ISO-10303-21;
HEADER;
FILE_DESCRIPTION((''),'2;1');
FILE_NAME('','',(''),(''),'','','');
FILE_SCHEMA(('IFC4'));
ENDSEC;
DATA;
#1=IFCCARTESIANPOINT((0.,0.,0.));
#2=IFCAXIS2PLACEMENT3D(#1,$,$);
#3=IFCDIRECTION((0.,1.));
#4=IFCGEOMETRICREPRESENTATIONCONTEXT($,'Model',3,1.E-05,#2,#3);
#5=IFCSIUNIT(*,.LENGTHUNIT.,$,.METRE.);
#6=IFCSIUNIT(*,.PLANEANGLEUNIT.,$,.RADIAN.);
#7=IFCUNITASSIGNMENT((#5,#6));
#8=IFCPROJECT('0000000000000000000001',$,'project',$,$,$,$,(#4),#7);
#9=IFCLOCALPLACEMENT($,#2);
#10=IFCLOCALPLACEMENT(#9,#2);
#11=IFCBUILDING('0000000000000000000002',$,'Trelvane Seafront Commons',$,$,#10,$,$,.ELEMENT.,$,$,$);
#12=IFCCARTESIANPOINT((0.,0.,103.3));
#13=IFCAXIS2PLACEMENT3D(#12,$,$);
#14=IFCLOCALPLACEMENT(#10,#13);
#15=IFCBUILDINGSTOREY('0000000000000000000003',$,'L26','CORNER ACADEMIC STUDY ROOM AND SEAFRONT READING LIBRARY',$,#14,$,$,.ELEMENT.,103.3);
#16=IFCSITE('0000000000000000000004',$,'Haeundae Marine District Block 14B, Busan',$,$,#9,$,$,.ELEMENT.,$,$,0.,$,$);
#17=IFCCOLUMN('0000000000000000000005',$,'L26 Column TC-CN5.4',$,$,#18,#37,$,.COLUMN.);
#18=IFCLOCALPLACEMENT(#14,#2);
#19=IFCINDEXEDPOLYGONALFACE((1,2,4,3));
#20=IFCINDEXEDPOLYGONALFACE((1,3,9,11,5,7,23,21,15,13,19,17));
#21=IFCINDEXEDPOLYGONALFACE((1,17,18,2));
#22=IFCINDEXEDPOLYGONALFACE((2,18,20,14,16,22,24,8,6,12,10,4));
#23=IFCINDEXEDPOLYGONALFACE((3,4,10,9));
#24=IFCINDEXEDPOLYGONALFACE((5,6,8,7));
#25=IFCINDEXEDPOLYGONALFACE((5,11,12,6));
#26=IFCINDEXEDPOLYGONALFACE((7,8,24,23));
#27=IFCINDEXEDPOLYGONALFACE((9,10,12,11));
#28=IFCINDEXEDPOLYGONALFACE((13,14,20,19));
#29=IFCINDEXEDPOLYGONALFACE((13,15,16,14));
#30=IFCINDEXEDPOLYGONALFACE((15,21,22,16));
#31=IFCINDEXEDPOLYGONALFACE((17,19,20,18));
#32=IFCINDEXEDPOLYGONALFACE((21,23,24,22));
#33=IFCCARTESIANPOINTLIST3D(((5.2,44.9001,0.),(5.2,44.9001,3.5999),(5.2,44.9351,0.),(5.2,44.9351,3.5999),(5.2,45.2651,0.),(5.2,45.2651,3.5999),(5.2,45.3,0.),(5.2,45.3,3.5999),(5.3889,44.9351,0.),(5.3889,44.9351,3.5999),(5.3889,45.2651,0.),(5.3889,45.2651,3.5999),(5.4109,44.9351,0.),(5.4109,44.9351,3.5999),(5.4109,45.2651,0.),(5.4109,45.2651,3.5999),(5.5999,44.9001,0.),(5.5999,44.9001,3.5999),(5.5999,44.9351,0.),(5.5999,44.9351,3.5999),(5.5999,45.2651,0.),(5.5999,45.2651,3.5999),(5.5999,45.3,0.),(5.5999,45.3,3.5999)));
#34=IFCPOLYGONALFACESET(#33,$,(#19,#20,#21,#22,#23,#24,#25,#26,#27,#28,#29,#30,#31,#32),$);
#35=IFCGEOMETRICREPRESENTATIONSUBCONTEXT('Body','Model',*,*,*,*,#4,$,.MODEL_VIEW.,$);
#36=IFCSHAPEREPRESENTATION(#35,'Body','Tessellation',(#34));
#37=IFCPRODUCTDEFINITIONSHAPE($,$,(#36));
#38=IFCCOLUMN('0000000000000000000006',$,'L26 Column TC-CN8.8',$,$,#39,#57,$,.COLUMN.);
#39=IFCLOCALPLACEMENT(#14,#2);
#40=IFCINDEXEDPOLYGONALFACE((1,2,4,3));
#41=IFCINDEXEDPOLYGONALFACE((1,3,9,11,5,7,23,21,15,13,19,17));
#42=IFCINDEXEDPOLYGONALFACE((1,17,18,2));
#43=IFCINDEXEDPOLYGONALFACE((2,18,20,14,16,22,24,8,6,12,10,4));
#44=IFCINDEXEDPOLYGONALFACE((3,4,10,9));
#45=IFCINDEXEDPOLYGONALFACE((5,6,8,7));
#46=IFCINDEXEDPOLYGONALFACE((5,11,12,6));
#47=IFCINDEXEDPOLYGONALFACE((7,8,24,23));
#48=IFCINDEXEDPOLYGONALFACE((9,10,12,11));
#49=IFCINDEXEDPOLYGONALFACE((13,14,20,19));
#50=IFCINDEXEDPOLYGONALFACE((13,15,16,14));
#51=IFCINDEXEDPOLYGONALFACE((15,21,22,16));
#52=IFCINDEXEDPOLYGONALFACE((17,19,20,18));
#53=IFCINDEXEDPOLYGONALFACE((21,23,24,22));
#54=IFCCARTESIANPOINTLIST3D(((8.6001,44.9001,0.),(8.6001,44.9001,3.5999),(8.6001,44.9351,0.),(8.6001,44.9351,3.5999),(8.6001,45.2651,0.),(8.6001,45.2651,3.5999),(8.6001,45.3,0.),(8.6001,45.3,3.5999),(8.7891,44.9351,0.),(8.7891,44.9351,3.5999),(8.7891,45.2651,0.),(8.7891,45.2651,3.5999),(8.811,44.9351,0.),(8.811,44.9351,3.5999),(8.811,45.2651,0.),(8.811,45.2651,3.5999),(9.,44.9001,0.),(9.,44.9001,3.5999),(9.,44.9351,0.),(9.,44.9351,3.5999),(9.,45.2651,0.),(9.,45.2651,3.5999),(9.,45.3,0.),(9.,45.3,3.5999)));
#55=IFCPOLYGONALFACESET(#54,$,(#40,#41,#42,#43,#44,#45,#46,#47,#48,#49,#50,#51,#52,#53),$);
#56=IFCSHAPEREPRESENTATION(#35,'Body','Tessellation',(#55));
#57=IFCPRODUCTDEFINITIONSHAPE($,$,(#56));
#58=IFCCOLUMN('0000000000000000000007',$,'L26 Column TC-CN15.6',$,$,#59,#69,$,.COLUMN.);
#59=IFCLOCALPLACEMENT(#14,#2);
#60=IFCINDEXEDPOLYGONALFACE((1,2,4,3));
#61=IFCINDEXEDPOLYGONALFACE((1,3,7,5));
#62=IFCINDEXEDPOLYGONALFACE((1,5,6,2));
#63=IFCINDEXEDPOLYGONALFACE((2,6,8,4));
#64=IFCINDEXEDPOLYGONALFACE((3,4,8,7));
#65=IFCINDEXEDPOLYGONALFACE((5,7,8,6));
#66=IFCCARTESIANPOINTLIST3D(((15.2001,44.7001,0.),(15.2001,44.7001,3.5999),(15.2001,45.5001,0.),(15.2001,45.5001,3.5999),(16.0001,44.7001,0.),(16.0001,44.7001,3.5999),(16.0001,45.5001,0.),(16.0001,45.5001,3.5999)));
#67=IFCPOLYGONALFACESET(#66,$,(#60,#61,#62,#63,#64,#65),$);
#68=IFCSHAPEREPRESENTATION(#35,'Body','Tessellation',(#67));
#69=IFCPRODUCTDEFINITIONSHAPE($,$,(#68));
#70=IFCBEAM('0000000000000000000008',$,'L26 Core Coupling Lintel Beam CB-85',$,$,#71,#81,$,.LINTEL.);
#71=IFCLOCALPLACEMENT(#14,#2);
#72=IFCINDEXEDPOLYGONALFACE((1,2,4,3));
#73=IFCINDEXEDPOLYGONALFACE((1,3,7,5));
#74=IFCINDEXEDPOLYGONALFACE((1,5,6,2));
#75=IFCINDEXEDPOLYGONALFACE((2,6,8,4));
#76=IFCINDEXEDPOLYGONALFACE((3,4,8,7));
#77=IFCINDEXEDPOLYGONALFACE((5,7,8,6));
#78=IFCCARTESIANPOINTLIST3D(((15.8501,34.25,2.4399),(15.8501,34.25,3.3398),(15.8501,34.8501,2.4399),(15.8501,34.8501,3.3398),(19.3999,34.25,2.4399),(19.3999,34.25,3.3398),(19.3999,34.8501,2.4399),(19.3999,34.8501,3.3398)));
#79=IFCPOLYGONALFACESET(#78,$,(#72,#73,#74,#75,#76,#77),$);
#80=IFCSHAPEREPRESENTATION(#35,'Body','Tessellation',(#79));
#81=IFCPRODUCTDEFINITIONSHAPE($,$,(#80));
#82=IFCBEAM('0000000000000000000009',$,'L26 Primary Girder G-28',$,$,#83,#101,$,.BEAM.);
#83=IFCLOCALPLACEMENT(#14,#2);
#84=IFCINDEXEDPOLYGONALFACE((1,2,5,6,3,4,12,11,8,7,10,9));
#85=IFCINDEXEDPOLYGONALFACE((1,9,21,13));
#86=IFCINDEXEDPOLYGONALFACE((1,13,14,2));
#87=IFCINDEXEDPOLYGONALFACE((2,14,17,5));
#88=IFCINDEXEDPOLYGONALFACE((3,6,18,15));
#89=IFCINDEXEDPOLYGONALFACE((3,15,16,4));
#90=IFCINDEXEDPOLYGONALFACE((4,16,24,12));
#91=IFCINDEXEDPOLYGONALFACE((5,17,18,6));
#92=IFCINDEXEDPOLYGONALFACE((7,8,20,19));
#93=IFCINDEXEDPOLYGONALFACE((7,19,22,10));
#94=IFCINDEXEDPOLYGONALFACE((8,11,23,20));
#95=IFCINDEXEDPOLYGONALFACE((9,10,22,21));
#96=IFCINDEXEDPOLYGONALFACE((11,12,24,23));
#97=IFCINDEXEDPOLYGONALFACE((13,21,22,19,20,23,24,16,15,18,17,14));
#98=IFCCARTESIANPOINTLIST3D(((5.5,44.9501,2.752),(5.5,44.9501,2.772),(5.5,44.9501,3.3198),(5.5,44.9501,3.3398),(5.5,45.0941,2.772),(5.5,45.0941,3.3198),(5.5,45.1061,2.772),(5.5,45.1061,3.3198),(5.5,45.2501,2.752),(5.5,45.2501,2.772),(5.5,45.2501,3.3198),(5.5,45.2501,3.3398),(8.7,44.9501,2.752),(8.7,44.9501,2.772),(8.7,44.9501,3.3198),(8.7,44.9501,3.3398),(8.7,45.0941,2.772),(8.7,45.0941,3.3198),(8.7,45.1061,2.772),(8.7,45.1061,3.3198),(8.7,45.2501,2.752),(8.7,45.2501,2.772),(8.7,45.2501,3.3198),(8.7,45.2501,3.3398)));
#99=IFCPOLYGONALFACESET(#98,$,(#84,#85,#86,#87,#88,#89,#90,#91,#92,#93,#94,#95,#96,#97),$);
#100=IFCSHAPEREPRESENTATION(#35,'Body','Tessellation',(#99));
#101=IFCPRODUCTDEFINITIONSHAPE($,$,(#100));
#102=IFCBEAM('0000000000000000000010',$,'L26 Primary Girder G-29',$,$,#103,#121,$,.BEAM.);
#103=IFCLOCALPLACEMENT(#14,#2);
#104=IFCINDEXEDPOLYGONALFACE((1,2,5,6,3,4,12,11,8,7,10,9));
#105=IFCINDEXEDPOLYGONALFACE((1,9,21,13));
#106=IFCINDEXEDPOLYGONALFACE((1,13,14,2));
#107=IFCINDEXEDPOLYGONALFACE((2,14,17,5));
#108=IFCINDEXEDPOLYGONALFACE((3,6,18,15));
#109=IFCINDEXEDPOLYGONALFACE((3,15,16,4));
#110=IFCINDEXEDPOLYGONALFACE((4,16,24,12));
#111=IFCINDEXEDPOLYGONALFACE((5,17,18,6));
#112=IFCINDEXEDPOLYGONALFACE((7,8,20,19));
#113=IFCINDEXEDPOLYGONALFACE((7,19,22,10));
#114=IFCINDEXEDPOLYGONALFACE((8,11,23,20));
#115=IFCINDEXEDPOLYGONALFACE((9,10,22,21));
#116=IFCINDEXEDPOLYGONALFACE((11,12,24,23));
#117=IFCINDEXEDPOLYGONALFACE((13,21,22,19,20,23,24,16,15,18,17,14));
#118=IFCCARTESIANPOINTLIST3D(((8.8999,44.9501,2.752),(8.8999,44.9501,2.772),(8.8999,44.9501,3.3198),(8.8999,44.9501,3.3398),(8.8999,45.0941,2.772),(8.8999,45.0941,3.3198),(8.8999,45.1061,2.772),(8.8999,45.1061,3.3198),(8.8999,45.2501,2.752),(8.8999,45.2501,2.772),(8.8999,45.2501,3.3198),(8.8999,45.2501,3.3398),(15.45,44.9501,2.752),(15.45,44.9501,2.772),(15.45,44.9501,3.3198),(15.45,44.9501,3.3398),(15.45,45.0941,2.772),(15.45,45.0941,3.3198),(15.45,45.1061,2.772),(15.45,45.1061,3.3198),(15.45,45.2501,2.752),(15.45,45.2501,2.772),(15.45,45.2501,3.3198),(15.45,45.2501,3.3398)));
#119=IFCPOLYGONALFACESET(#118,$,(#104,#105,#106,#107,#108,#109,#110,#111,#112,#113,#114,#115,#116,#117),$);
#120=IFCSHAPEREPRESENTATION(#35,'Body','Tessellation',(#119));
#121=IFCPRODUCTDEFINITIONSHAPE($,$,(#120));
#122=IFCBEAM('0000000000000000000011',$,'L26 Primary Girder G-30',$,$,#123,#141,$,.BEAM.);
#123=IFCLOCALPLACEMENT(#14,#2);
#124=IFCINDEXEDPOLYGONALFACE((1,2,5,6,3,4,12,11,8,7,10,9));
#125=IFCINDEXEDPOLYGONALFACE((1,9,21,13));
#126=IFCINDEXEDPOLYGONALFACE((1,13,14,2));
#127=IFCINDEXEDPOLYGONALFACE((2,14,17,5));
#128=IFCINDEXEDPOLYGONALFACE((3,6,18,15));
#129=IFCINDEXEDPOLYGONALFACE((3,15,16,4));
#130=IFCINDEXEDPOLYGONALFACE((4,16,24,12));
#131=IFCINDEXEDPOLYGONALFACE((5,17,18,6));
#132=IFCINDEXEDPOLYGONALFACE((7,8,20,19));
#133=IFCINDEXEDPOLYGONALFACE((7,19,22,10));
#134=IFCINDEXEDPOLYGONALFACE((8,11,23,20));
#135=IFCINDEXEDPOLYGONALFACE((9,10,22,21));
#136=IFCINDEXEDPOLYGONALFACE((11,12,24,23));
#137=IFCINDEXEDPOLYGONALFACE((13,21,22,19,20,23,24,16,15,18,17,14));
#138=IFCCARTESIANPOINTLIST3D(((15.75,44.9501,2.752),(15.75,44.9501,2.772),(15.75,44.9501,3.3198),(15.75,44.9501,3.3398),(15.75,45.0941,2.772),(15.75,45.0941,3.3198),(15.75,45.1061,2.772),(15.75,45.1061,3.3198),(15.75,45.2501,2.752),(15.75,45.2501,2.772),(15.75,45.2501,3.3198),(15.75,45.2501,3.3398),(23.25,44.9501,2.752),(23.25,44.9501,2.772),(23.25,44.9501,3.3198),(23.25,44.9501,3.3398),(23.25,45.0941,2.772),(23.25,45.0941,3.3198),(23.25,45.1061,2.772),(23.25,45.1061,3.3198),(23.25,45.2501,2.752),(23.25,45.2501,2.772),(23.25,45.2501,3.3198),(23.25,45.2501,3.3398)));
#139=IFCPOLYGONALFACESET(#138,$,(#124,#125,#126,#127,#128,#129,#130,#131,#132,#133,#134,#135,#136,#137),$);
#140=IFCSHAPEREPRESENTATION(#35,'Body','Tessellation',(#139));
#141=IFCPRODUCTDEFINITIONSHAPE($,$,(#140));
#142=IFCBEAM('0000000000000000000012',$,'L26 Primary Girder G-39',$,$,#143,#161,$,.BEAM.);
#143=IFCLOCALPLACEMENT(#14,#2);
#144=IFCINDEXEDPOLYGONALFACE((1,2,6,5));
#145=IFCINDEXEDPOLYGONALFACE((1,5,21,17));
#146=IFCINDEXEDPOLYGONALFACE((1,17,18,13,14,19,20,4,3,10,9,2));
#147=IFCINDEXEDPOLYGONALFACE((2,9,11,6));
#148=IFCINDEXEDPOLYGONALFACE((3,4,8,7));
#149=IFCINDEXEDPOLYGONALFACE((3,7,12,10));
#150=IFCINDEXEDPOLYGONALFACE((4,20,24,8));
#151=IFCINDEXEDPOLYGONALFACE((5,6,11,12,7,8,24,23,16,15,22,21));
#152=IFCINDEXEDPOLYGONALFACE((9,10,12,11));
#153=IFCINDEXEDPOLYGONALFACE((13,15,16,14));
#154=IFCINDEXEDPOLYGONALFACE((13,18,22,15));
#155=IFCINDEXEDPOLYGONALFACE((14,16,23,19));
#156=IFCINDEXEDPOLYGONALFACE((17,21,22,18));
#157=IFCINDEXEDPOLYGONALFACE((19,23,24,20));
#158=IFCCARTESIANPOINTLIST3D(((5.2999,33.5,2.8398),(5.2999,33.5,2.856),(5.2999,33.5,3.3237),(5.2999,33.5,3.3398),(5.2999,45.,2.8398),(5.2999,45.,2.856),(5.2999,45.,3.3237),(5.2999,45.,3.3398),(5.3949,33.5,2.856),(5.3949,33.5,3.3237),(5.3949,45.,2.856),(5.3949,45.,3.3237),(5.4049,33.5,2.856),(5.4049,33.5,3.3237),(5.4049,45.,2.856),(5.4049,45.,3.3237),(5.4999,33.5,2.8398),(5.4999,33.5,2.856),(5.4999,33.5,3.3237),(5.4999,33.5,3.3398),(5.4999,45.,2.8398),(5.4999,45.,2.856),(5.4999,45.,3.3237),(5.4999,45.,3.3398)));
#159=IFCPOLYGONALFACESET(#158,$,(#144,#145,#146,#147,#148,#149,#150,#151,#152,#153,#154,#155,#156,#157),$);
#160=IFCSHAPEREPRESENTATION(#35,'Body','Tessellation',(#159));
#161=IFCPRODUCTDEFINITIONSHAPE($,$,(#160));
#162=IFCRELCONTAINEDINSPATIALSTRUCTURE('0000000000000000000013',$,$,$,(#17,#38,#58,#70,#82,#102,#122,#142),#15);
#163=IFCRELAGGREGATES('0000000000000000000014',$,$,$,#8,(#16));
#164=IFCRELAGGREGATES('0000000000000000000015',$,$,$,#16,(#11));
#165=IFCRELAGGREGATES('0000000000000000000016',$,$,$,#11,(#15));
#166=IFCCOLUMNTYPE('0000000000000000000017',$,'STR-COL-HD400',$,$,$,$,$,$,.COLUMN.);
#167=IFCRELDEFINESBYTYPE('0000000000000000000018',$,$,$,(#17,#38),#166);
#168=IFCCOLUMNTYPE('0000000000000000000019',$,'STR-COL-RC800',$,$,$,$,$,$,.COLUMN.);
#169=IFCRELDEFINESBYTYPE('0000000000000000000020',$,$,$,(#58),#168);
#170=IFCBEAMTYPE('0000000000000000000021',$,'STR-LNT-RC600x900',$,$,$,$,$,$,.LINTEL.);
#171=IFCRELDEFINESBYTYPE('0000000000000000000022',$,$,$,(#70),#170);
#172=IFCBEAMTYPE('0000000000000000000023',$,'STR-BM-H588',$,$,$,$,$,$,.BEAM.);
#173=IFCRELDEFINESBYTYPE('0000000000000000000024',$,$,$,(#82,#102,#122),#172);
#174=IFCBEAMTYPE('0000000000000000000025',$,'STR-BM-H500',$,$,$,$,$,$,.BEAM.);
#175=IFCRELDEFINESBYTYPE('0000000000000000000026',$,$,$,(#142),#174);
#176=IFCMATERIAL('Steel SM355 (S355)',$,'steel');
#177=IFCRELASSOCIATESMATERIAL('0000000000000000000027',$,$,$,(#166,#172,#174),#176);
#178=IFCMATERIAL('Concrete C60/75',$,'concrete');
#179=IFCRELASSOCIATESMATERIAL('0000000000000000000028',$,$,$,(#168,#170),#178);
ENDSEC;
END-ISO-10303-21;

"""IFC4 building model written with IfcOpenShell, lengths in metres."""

from ifc_helpers import new_model, si_unit, direction, frame, origin, origin_2d, place, context, subcontext, project, spatial, rectangle, i_section, extrude, source, transform, mapped, material, material_profile, profile_set, type_object, element, save


model = new_model("IFC4")

# Units and contexts
model_context = context("Model", 3, precision=1e-05, world=origin(), true_north=direction((0.0, 1.0)))
body_context = subcontext(model_context, "Body", "Model", "MODEL_VIEW")
ifc_project = project(units=[si_unit("LENGTHUNIT", "METRE"), si_unit("PLANEANGLEUNIT", "RADIAN")], contexts=[model_context])

# Site, building, storey
site_placement = place(None, origin())
site = spatial("IfcSite", under=ifc_project, at=site_placement, Name="Haeundae Marine District Block 14B, Busan", CompositionType="ELEMENT", RefElevation=0.0)
building_placement = place(site_placement, origin())
building = spatial("IfcBuilding", under=site, at=building_placement, Name="Trelvane Seafront Commons", CompositionType="ELEMENT")
storey_placement = place(building_placement, frame((0.0, 0.0, 103.3)))
storey = spatial("IfcBuildingStorey", under=building, at=storey_placement, Name="L26", Description="CORNER ACADEMIC STUDY ROOM AND SEAFRONT READING LIBRARY", CompositionType="ELEMENT", Elevation=103.3)

# Columns
ifc_material_1 = material(Name="Steel SM355 (S355)", Category="steel")
ifc_material_profile_1 = material_profile(ifc_material_1, i_section(OverallWidth=0.3999, OverallDepth=0.3999, WebThickness=0.022, FlangeThickness=0.0349, at=origin_2d()), Name="HD-400x400x22x35")
ifc_profile_set_1 = profile_set([ifc_material_profile_1], Name="Steel SM355 (S355)")
column_type_1 = type_object("IfcColumnType", Name="STR-COL-HD400", PredefinedType="COLUMN", material=ifc_profile_set_1)
shared_shape_1 = source(origin(), body_context, "Body", "SweptSolid", [
    extrude(i_section(OverallWidth=0.3999, OverallDepth=0.3999, WebThickness=0.022, FlangeThickness=0.0349, at=origin_2d()), origin(), (0.0, 0.0, 1.0), 3.5999),
])
for number, where, z_axis, x_axis, name in (
    (1, (5.3999, 45.1001, 0.0), (0.0, 0.0, 1.0), (1.0, 0.0, 0.0), "L26 Column TC-CN5.4"),
    (2, (8.8, 45.1001, 0.0), (0.0, 0.0, 1.0), (1.0, 0.0, 0.0), "L26 Column TC-CN8.8"),
):
    element("IfcColumn", number, at=place(storey_placement, frame(where, z_axis=z_axis, x_axis=x_axis)), inside=storey, type_object=column_type_1, Name=name, PredefinedType="COLUMN", context=body_context, shape_type="MappedRepresentation", body=[
        mapped(shared_shape_1, transform((0.0, 0.0, 0.0), x_axis=(1.0, 0.0, 0.0), y_axis=(0.0, 1.0, 0.0), z_axis=(0.0, 0.0, 1.0), scale=1.0)),
    ])
ifc_material_2 = material(Name="Concrete C60/75", Category="concrete")
ifc_material_profile_2 = material_profile(ifc_material_2, rectangle(XDim=0.8, YDim=0.8, at=origin_2d()), Name="RC-800x800")
ifc_profile_set_2 = profile_set([ifc_material_profile_2], Name="Concrete C60/75")
column_type_2 = type_object("IfcColumnType", Name="STR-COL-RC800", PredefinedType="COLUMN", material=ifc_profile_set_2)
shared_shape_2 = source(origin(), body_context, "Body", "SweptSolid", [
    extrude(rectangle(XDim=0.8, YDim=0.8, at=origin_2d()), origin(), (0.0, 0.0, 1.0), 3.5999),
])
column_placement = place(storey_placement, frame((15.6001, 45.1001, 0.0), z_axis=(0.0, 0.0, 1.0), x_axis=(1.0, 0.0, 0.0)))
element("IfcColumn", 3, at=column_placement, inside=storey, type_object=column_type_2, Name="L26 Column TC-CN15.6", PredefinedType="COLUMN", context=body_context, shape_type="MappedRepresentation", body=[
    mapped(shared_shape_2, transform((0.0, 0.0, 0.0), x_axis=(1.0, 0.0, 0.0), y_axis=(0.0, 1.0, 0.0), z_axis=(0.0, 0.0, 1.0), scale=1.0)),
])

# Beams
ifc_material_profile_3 = material_profile(ifc_material_2, rectangle(XDim=0.6001, YDim=0.8999, at=origin_2d()), Name="RC-600x900")
ifc_profile_set_3 = profile_set([ifc_material_profile_3], Name="Concrete C60/75")
beam_type_1 = type_object("IfcBeamType", Name="STR-LNT-RC600x900", PredefinedType="LINTEL", material=ifc_profile_set_3)
shared_shape_3 = source(origin(), body_context, "Body", "SweptSolid", [
    extrude(rectangle(XDim=0.6001, YDim=0.8999, at=origin_2d()), origin(), (0.0, 0.0, 1.0), 3.5498),
])
beam_1_placement = place(storey_placement, frame((15.8501, 34.55, 2.8899), z_axis=(1.0, 0.0, 0.0), x_axis=(0.0, 1.0, 0.0)))
element("IfcBeam", 4, at=beam_1_placement, inside=storey, type_object=beam_type_1, Name="L26 Core Coupling Lintel Beam CB-85", PredefinedType="LINTEL", context=body_context, shape_type="MappedRepresentation", body=[
    mapped(shared_shape_3, transform((0.0, 0.0, 0.0), x_axis=(1.0, 0.0, 0.0), y_axis=(0.0, 1.0, 0.0), z_axis=(0.0, 0.0, 1.0), scale=1.0)),
])
ifc_material_profile_4 = material_profile(ifc_material_1, i_section(OverallWidth=0.3, OverallDepth=0.5879, WebThickness=0.012, FlangeThickness=0.02, at=origin_2d()), Name="H-588x300x12x20")
ifc_profile_set_4 = profile_set([ifc_material_profile_4], Name="Steel SM355 (S355)")
beam_type_2 = type_object("IfcBeamType", Name="STR-BM-H588", PredefinedType="BEAM", material=ifc_profile_set_4)
shared_shape_4 = source(origin(), body_context, "Body", "SweptSolid", [
    extrude(i_section(OverallWidth=0.3, OverallDepth=0.5879, WebThickness=0.012, FlangeThickness=0.02, at=origin_2d()), origin(), (0.0, 0.0, 1.0), 3.2),
])
beam_2_placement = place(storey_placement, frame((5.5, 45.1001, 3.0459), z_axis=(1.0, 0.0, 0.0), x_axis=(0.0, 1.0, 0.0)))
element("IfcBeam", 5, at=beam_2_placement, inside=storey, type_object=beam_type_2, Name="L26 Primary Girder G-28", PredefinedType="BEAM", context=body_context, shape_type="MappedRepresentation", body=[
    mapped(shared_shape_4, transform((0.0, 0.0, 0.0), x_axis=(1.0, 0.0, 0.0), y_axis=(0.0, 1.0, 0.0), z_axis=(0.0, 0.0, 1.0), scale=1.0)),
])
shared_shape_5 = source(origin(), body_context, "Body", "SweptSolid", [
    extrude(i_section(OverallWidth=0.3, OverallDepth=0.5879, WebThickness=0.012, FlangeThickness=0.02, at=origin_2d()), origin(), (0.0, 0.0, 1.0), 6.55),
])
beam_3_placement = place(storey_placement, frame((8.8999, 45.1001, 3.0459), z_axis=(1.0, 0.0, 0.0), x_axis=(0.0, 1.0, 0.0)))
element("IfcBeam", 6, at=beam_3_placement, inside=storey, type_object=beam_type_2, Name="L26 Primary Girder G-29", PredefinedType="BEAM", context=body_context, shape_type="MappedRepresentation", body=[
    mapped(shared_shape_5, transform((0.0, 0.0, 0.0), x_axis=(1.0, 0.0, 0.0), y_axis=(0.0, 1.0, 0.0), z_axis=(0.0, 0.0, 1.0), scale=1.0)),
])
shared_shape_6 = source(origin(), body_context, "Body", "SweptSolid", [
    extrude(i_section(OverallWidth=0.3, OverallDepth=0.5879, WebThickness=0.012, FlangeThickness=0.02, at=origin_2d()), origin(), (0.0, 0.0, 1.0), 7.5),
])
beam_4_placement = place(storey_placement, frame((15.75, 45.1001, 3.0459), z_axis=(1.0, 0.0, 0.0), x_axis=(0.0, 1.0, 0.0)))
element("IfcBeam", 7, at=beam_4_placement, inside=storey, type_object=beam_type_2, Name="L26 Primary Girder G-30", PredefinedType="BEAM", context=body_context, shape_type="MappedRepresentation", body=[
    mapped(shared_shape_6, transform((0.0, 0.0, 0.0), x_axis=(1.0, 0.0, 0.0), y_axis=(0.0, 1.0, 0.0), z_axis=(0.0, 0.0, 1.0), scale=1.0)),
])
ifc_material_profile_5 = material_profile(ifc_material_1, i_section(OverallWidth=0.2, OverallDepth=0.5, WebThickness=0.01, FlangeThickness=0.0161, at=origin_2d()), Name="H-500x200x10x16")
ifc_profile_set_5 = profile_set([ifc_material_profile_5], Name="Steel SM355 (S355)")
beam_type_3 = type_object("IfcBeamType", Name="STR-BM-H500", PredefinedType="BEAM", material=ifc_profile_set_5)
shared_shape_7 = source(origin(), body_context, "Body", "SweptSolid", [
    extrude(i_section(OverallWidth=0.2, OverallDepth=0.5, WebThickness=0.01, FlangeThickness=0.0161, at=origin_2d()), origin(), (0.0, 0.0, 1.0), 11.5),
])
for number, where, z_axis, x_axis, name in (
    (8, (5.3999, 33.5, 3.0898), (0.0, 1.0, 0.0), (-1.0, 0.0, 0.0), "L26 Primary Girder G-39"),
):
    element("IfcBeam", number, at=place(storey_placement, frame(where, z_axis=z_axis, x_axis=x_axis)), inside=storey, type_object=beam_type_3, Name=name, PredefinedType="BEAM", context=body_context, shape_type="MappedRepresentation", body=[
        mapped(shared_shape_7, transform((0.0, 0.0, 0.0), x_axis=(1.0, 0.0, 0.0), y_axis=(0.0, 1.0, 0.0), z_axis=(0.0, 0.0, 1.0), scale=1.0)),
    ])

save(model, "model.ifc")
